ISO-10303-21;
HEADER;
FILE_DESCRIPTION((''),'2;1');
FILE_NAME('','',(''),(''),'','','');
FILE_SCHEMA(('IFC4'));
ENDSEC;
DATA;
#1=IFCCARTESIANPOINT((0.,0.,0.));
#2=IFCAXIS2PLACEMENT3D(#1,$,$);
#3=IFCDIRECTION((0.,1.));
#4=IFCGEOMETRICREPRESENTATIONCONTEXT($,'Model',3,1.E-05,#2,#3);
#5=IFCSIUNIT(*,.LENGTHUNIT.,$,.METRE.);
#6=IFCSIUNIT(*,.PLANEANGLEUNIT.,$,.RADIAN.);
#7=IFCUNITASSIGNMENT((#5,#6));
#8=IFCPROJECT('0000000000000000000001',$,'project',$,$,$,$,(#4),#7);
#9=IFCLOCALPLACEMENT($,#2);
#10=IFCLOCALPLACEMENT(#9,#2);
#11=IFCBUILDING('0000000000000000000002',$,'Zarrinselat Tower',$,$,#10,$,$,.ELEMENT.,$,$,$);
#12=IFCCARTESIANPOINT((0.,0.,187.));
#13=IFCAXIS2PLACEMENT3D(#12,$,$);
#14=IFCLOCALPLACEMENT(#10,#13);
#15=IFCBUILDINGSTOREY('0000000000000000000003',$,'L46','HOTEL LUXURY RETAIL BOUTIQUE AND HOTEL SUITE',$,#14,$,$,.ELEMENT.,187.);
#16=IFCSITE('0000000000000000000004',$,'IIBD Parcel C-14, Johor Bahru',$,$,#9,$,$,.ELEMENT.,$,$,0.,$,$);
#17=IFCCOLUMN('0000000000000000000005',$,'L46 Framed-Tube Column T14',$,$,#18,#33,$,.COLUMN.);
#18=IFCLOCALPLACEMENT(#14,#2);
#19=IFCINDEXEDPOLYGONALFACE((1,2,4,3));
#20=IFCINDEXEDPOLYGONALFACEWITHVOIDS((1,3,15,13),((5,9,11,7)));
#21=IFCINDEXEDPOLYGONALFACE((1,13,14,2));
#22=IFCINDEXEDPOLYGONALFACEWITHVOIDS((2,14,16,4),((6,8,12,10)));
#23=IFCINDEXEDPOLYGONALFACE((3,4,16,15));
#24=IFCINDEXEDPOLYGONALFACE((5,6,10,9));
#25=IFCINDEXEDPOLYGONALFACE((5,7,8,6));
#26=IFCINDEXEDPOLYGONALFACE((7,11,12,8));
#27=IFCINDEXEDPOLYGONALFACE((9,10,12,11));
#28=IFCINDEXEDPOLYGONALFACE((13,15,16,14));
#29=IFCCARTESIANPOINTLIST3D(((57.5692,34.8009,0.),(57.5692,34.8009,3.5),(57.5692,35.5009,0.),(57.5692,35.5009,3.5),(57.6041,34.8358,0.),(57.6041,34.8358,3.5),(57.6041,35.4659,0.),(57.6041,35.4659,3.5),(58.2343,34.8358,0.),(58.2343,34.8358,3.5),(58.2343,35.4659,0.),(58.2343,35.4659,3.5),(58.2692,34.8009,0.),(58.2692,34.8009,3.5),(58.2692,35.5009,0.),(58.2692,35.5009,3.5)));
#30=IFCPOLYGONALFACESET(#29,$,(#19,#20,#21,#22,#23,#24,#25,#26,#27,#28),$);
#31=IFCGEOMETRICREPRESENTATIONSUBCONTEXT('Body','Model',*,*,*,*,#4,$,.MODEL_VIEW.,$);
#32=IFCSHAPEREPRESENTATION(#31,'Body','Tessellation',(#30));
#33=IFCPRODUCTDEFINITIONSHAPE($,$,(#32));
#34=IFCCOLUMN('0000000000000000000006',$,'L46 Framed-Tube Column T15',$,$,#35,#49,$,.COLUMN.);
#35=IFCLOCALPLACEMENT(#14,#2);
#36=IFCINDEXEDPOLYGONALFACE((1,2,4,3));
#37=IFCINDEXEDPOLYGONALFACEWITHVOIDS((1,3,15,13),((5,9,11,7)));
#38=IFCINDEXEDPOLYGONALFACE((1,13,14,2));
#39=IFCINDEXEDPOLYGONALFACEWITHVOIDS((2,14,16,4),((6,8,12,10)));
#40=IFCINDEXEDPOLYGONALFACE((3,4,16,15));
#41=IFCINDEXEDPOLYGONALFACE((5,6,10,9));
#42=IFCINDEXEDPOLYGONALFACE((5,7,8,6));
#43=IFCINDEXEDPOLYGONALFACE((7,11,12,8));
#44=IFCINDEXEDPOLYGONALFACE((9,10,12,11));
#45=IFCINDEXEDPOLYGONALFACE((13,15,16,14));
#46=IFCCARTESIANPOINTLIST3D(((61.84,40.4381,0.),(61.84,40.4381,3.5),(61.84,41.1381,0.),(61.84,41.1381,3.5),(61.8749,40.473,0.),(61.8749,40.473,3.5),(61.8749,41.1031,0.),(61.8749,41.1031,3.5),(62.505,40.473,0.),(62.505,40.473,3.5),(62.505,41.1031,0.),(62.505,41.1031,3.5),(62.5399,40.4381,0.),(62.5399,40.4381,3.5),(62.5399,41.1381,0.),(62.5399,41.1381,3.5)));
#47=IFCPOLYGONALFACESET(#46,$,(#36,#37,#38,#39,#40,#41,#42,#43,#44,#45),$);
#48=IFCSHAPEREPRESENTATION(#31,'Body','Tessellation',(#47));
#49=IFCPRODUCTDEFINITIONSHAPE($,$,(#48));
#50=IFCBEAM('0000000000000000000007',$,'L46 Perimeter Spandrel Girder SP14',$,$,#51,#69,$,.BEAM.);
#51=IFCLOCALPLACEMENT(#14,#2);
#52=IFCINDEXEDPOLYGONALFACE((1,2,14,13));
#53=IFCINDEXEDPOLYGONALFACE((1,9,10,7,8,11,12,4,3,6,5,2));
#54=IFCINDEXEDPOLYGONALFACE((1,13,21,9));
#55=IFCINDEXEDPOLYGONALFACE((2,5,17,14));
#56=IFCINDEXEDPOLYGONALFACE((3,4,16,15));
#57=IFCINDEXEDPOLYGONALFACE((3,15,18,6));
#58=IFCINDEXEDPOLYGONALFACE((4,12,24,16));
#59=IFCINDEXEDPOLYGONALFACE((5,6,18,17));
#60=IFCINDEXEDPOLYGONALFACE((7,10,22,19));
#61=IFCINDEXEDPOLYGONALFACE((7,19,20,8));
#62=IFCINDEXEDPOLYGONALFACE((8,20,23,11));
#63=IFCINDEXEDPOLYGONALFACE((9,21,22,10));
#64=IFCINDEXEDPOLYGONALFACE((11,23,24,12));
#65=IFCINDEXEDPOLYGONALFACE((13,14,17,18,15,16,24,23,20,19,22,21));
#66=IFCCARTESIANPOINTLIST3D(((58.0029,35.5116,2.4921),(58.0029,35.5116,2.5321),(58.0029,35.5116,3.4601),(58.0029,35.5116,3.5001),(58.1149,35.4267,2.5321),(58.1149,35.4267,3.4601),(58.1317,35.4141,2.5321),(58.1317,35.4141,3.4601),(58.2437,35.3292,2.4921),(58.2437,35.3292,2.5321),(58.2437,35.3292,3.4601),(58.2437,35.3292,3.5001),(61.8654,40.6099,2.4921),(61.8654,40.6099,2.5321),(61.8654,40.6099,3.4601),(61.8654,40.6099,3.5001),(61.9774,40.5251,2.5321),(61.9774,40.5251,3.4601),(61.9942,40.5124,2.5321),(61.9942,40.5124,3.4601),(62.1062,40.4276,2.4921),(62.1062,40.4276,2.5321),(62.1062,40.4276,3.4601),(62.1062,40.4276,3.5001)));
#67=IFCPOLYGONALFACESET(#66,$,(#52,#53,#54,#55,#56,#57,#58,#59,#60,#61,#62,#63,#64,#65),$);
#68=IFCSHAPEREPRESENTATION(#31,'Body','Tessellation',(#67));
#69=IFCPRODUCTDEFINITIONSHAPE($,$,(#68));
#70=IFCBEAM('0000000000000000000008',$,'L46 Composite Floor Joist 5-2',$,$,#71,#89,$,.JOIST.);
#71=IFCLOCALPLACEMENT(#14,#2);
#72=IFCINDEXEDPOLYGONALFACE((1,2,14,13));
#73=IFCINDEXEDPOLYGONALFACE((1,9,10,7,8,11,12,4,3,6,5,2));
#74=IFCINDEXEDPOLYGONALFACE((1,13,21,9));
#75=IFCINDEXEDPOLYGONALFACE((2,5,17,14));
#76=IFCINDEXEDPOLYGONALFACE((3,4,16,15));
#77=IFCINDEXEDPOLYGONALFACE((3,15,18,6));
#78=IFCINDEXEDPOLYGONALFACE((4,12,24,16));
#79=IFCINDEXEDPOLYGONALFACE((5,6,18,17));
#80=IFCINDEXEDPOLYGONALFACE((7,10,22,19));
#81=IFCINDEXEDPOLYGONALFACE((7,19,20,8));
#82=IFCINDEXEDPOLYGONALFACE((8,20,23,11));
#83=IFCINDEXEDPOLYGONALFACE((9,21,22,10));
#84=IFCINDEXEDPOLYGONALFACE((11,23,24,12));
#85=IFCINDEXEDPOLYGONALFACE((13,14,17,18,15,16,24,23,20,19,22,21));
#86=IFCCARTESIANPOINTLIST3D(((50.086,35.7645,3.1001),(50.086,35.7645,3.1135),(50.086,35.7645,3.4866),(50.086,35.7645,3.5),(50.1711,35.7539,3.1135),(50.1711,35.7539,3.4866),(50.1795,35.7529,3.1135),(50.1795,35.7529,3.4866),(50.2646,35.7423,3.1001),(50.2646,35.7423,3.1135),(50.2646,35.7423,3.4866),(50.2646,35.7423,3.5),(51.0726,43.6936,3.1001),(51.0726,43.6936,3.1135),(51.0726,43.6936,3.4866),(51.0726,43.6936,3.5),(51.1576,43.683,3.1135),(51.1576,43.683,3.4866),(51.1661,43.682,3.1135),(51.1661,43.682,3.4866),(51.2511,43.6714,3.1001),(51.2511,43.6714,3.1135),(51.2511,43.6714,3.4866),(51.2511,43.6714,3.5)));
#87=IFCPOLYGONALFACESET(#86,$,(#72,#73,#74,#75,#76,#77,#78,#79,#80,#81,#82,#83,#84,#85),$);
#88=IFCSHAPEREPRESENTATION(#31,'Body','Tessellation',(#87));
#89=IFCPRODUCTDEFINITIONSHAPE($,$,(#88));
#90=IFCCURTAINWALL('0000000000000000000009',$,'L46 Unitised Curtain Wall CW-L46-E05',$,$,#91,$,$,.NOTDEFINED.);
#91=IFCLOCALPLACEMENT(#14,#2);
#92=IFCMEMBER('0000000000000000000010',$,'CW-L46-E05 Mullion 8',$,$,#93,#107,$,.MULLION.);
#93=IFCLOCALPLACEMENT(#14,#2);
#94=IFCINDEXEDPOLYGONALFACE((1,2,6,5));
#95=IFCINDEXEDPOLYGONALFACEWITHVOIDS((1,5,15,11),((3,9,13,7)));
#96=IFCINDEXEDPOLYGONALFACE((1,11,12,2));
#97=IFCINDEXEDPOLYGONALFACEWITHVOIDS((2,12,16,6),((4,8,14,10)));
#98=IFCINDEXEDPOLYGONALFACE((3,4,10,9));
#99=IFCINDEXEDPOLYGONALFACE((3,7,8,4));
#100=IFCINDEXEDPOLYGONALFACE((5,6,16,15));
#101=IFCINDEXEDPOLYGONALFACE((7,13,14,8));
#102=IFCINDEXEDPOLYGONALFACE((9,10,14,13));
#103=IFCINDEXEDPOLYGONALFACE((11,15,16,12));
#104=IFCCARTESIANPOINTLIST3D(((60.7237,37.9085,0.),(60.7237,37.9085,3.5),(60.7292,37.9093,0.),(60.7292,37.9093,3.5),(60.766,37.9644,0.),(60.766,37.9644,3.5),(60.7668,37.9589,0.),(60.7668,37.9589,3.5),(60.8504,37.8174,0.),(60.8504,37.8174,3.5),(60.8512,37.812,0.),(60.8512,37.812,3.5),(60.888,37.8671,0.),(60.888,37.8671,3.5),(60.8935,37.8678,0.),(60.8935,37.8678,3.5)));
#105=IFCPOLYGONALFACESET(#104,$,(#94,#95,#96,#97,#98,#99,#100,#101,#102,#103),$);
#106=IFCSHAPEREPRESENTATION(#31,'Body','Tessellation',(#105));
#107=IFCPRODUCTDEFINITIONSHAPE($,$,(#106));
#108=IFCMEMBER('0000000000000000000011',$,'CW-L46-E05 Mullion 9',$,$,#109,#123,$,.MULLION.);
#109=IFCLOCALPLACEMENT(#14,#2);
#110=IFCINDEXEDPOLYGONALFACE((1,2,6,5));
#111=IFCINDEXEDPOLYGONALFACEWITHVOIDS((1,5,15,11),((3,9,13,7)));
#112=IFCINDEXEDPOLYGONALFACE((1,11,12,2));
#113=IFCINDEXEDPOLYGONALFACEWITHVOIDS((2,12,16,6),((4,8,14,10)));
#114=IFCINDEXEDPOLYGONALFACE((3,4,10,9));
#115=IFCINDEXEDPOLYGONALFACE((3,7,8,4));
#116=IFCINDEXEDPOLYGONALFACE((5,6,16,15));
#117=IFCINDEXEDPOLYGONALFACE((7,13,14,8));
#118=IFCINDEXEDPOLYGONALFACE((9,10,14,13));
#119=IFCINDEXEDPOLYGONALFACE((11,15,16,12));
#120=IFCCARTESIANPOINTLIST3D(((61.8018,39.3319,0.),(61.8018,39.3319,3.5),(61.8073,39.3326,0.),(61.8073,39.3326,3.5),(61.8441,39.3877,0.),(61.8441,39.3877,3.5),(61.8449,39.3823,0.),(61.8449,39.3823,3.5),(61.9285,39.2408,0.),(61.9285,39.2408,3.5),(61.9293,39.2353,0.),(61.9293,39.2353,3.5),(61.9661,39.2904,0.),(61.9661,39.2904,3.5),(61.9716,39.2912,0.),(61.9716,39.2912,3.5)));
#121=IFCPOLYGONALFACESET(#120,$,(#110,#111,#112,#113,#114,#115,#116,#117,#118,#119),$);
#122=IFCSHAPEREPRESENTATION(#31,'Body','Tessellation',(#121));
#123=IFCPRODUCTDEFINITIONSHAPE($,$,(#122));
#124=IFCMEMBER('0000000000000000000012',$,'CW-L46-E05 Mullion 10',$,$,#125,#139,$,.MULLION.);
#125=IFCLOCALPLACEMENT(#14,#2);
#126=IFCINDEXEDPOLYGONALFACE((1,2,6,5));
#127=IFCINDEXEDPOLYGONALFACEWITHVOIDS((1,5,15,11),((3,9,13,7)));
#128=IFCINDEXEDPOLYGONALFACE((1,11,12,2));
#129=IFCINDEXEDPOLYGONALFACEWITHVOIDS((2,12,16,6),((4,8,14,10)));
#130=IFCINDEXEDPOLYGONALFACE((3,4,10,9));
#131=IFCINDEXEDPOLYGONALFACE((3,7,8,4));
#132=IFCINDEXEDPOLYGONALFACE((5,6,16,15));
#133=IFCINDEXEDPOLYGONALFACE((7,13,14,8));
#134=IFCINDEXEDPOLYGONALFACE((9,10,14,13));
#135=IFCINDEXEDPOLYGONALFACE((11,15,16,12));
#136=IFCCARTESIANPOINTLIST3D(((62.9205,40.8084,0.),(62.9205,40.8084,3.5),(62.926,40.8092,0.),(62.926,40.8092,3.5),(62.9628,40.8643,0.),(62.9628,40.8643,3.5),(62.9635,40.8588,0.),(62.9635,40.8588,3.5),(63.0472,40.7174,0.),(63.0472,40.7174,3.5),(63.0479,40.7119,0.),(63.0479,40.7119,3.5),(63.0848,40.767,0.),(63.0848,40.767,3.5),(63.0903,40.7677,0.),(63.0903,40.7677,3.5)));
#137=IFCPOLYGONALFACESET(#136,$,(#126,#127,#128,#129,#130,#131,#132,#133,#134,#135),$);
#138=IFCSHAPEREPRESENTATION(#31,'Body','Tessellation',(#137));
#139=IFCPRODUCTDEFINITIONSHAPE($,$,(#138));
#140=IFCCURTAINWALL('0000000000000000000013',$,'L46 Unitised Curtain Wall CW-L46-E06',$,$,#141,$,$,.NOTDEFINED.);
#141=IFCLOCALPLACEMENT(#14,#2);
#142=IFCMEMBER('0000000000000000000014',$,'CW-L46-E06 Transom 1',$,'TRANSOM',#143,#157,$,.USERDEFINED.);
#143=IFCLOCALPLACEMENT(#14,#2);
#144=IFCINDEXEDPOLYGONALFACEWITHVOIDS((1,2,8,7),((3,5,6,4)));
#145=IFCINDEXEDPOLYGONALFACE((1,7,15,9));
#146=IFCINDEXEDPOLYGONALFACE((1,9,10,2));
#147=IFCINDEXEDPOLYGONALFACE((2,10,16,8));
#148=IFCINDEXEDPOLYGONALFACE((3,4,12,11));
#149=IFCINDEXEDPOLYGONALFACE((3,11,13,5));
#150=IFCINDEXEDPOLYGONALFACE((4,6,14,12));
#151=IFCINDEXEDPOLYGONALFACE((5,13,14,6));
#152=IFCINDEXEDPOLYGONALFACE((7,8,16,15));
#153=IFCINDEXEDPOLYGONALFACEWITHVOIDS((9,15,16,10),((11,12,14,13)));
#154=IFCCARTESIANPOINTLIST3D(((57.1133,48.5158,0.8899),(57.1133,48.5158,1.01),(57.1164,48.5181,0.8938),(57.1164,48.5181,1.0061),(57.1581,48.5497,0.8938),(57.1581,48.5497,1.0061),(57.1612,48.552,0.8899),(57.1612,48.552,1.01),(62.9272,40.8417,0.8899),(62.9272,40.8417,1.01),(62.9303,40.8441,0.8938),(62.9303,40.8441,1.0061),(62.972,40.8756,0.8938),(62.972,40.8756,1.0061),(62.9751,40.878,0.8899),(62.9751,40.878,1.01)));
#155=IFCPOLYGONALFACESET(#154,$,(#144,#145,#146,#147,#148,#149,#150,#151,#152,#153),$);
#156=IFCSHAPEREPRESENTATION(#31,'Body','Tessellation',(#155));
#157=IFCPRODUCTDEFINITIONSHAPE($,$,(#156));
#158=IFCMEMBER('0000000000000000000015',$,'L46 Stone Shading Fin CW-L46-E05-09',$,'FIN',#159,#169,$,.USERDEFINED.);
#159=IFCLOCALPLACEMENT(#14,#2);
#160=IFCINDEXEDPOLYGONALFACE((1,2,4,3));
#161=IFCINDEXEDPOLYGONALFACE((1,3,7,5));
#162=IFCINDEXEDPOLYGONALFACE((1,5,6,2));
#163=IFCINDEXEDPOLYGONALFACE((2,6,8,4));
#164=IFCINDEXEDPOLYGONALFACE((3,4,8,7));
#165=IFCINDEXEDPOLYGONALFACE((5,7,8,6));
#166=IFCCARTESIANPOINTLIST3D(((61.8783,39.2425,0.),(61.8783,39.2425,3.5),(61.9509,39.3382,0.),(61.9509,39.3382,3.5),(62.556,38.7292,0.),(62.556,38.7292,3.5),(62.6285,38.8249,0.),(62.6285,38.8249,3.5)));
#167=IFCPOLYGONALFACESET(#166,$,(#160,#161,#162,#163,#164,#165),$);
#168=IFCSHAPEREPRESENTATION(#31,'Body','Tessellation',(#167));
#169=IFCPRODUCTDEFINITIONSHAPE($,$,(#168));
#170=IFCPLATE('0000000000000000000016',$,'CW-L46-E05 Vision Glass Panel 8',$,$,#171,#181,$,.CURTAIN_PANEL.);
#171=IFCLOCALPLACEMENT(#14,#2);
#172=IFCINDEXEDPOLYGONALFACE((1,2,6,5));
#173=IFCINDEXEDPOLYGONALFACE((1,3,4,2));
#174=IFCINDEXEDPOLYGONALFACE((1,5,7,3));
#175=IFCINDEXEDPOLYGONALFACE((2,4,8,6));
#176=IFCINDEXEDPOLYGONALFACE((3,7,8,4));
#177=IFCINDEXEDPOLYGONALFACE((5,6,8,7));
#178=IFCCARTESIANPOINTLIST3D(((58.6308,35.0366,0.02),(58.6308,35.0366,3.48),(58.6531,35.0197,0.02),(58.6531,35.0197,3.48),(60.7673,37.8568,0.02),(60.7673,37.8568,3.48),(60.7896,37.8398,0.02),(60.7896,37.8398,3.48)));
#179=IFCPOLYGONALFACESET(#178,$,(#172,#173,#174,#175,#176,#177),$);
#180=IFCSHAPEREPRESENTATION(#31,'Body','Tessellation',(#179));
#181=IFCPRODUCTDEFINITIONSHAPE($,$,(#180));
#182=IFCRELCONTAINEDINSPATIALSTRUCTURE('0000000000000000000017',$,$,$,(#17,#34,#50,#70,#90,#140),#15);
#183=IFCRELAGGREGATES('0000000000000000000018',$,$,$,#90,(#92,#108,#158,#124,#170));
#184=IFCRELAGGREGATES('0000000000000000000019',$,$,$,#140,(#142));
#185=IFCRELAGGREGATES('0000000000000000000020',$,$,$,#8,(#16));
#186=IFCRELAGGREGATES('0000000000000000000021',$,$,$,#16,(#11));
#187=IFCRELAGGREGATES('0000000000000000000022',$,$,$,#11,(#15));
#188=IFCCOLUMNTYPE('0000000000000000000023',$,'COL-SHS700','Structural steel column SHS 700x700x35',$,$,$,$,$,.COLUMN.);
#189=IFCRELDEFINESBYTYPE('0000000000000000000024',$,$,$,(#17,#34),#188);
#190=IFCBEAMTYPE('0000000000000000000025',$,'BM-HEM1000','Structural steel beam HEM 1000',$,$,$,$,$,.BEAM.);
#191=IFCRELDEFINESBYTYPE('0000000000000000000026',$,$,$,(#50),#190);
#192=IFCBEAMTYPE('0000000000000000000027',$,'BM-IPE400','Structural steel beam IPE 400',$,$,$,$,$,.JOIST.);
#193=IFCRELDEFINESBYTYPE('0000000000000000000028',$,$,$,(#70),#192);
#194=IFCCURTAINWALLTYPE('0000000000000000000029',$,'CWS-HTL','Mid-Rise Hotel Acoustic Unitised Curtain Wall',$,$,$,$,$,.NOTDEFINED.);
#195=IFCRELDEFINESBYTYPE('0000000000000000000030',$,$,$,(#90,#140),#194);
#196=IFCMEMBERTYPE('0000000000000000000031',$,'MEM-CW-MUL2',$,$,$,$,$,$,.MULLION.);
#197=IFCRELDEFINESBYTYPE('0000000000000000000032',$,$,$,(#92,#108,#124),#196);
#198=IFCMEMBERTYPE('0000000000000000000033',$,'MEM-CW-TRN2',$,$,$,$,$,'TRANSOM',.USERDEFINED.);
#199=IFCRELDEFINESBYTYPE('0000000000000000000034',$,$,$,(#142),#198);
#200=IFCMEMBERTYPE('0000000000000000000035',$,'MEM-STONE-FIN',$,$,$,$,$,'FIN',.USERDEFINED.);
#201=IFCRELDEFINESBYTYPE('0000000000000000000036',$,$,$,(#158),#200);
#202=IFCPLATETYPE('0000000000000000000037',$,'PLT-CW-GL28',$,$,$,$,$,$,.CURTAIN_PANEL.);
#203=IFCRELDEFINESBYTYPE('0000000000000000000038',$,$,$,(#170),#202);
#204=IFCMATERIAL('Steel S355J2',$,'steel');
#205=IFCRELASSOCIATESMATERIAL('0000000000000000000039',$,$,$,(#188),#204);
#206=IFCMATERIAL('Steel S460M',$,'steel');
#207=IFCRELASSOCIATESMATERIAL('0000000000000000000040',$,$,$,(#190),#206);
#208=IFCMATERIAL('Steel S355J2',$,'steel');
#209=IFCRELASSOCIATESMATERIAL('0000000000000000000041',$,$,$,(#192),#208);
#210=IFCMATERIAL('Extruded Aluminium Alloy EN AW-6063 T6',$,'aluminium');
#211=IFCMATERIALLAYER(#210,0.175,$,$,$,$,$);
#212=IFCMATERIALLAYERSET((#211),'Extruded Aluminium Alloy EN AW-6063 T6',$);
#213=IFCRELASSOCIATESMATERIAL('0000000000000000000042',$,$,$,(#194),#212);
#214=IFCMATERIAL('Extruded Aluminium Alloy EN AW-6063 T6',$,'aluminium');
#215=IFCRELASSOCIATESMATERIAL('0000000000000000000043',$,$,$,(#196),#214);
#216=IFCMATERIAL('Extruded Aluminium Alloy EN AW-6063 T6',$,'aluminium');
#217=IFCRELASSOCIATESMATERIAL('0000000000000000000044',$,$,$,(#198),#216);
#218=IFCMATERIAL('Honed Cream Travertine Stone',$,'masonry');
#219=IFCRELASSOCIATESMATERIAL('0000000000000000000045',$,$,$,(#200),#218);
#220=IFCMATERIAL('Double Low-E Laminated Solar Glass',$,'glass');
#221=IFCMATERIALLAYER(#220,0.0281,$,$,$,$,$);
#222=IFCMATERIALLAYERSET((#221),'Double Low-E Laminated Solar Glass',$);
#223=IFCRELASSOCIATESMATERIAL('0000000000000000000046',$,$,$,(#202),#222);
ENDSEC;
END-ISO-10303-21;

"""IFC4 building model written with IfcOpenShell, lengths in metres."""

from ifc_helpers import new_model, si_unit, direction, frame, origin, origin_2d, place, context, subcontext, project, spatial, rectangle, hollow_rectangle, i_section, extrude, material, layer, layer_set, material_profile, profile_set, type_object, element, aggregate, save


model = new_model("IFC4")

# Units and contexts
model_context = context("Model", 3, precision=1e-05, world=origin(), true_north=direction((0.0, 1.0)))
body_context = subcontext(model_context, "Body", "Model", "MODEL_VIEW")
ifc_project = project(units=[si_unit("LENGTHUNIT", "METRE"), si_unit("PLANEANGLEUNIT", "RADIAN")], contexts=[model_context])

# Site, building, storey
site_placement = place(None, origin())
site = spatial("IfcSite", under=ifc_project, at=site_placement, Name="IIBD Parcel C-14, Johor Bahru", CompositionType="ELEMENT", RefElevation=0.0)
building_placement = place(site_placement, origin())
building = spatial("IfcBuilding", under=site, at=building_placement, Name="Zarrinselat Tower", CompositionType="ELEMENT")
storey_placement = place(building_placement, frame((0.0, 0.0, 187.0)))
storey = spatial("IfcBuildingStorey", under=building, at=storey_placement, Name="L46", Description="HOTEL LUXURY RETAIL BOUTIQUE AND HOTEL SUITE", CompositionType="ELEMENT", Elevation=187.0)

# Columns
ifc_material_1 = material(Name="Steel S355J2", Category="steel")
ifc_material_profile_1 = material_profile(ifc_material_1, hollow_rectangle(XDim=0.7, YDim=0.7, WallThickness=0.0349, at=origin_2d()), Name="SHS 700x700x35")
ifc_profile_set_1 = profile_set([ifc_material_profile_1], Name="Steel S355J2")
column_type = type_object("IfcColumnType", Name="COL-SHS700", Description="Structural steel column SHS 700x700x35", PredefinedType="COLUMN", material=ifc_profile_set_1)
for number, where, z_axis, x_axis, name in (
    (1, (57.9192, 35.1509, 0.0), (0.0, 0.0, 1.0), (1.0, 0.0, 0.0), "L46 Framed-Tube Column T14"),
    (2, (62.1899, 40.7881, 0.0), (0.0, 0.0, 1.0), (1.0, 0.0, 0.0), "L46 Framed-Tube Column T15"),
):
    element("IfcColumn", number, at=place(storey_placement, frame(where, z_axis=z_axis, x_axis=x_axis)), inside=storey, type_object=column_type, Name=name, PredefinedType="COLUMN", context=body_context, shape_type="SweptSolid", body=[
        extrude(hollow_rectangle(XDim=0.7, YDim=0.7, WallThickness=0.0349, at=origin_2d()), origin(), (0.0, 0.0, 1.0), 3.5),
    ])

# Beams
ifc_material_2 = material(Name="Steel S460M", Category="steel")
ifc_material_profile_2 = material_profile(ifc_material_2, i_section(OverallWidth=0.302, OverallDepth=1.0081, WebThickness=0.021, FlangeThickness=0.04, at=origin_2d()), Name="HEM 1000")
ifc_profile_set_2 = profile_set([ifc_material_profile_2], Name="Steel S460M")
beam_type_1 = type_object("IfcBeamType", Name="BM-HEM1000", Description="Structural steel beam HEM 1000", PredefinedType="BEAM", material=ifc_profile_set_2)
beam_1_placement = place(storey_placement, frame((58.1233, 35.4204, 2.9961), z_axis=(0.603871, 0.797082, 0.0), x_axis=(-0.797082, 0.603871, 0.0)))
element("IfcBeam", 3, at=beam_1_placement, inside=storey, type_object=beam_type_1, Name="L46 Perimeter Spandrel Girder SP14", PredefinedType="BEAM", context=body_context, shape_type="SweptSolid", body=[
    extrude(i_section(OverallWidth=0.302, OverallDepth=1.0081, WebThickness=0.021, FlangeThickness=0.04, at=origin_2d()), origin(), (0.0, 0.0, 1.0), 6.3962),
])
ifc_material_3 = material(Name="Steel S355J2", Category="steel")
ifc_material_profile_3 = material_profile(ifc_material_3, i_section(OverallWidth=0.1799, OverallDepth=0.3999, WebThickness=0.0085, FlangeThickness=0.0134, at=origin_2d()), Name="IPE 400")
ifc_profile_set_3 = profile_set([ifc_material_profile_3], Name="Steel S355J2")
beam_type_2 = type_object("IfcBeamType", Name="BM-IPE400", Description="Structural steel beam IPE 400", PredefinedType="JOIST", material=ifc_profile_set_3)
beam_2_placement = place(storey_placement, frame((50.1753, 35.7534, 3.3), z_axis=(0.123471, 0.992348, 0.0), x_axis=(-0.992348, 0.123471, 0.0)))
element("IfcBeam", 4, at=beam_2_placement, inside=storey, type_object=beam_type_2, Name="L46 Composite Floor Joist 5-2", PredefinedType="JOIST", context=body_context, shape_type="SweptSolid", body=[
    extrude(i_section(OverallWidth=0.1799, OverallDepth=0.3999, WebThickness=0.0085, FlangeThickness=0.0134, at=origin_2d()), origin(), (0.0, 0.0, 1.0), 7.9902),
])

# Curtain wall, members
ifc_material_4 = material(Name="Extruded Aluminium Alloy EN AW-6063 T6", Category="aluminium")
ifc_layer_1 = layer(ifc_material_4, 0.175)
ifc_layer_set_1 = layer_set([ifc_layer_1], Name="Extruded Aluminium Alloy EN AW-6063 T6")
curtain_wall_type = type_object("IfcCurtainWallType", Name="CWS-HTL", Description="Mid-Rise Hotel Acoustic Unitised Curtain Wall", PredefinedType="NOTDEFINED", material=ifc_layer_set_1)
curtain_wall_1_placement = place(storey_placement, origin())
curtain_wall_1 = element("IfcCurtainWall", 5, at=curtain_wall_1_placement, inside=storey, type_object=curtain_wall_type, Name="L46 Unitised Curtain Wall CW-L46-E05", PredefinedType="NOTDEFINED")
ifc_material_5 = material(Name="Extruded Aluminium Alloy EN AW-6063 T6", Category="aluminium")
ifc_material_profile_4 = material_profile(ifc_material_5, hollow_rectangle(XDim=0.0701, YDim=0.1599, WallThickness=0.0039, at=origin_2d()), Name="RHS 160x70x4")
ifc_profile_set_4 = profile_set([ifc_material_profile_4], Name="Extruded Aluminium Alloy EN AW-6063 T6")
member_type_1 = type_object("IfcMemberType", Name="MEM-CW-MUL2", PredefinedType="MULLION", material=ifc_profile_set_4)
member_1_placement = place(storey_placement, frame((60.8086, 37.8882, 0.0), z_axis=(0.0, 0.0, 1.0), x_axis=(0.603857, 0.797093, 0.0)))
member_1 = element("IfcMember", 6, at=member_1_placement, type_object=member_type_1, Name="CW-L46-E05 Mullion 8", PredefinedType="MULLION", context=body_context, shape_type="SweptSolid", body=[
    extrude(hollow_rectangle(XDim=0.0701, YDim=0.1599, WallThickness=0.0039, at=origin_2d()), origin(), (0.0, 0.0, 1.0), 3.5),
])
member_2_placement = place(storey_placement, frame((61.8867, 39.3115, 0.0), z_axis=(0.0, 0.0, 1.0), x_axis=(0.603857, 0.797093, 0.0)))
member_2 = element("IfcMember", 7, at=member_2_placement, type_object=member_type_1, Name="CW-L46-E05 Mullion 9", PredefinedType="MULLION", context=body_context, shape_type="SweptSolid", body=[
    extrude(hollow_rectangle(XDim=0.0701, YDim=0.1599, WallThickness=0.0039, at=origin_2d()), origin(), (0.0, 0.0, 1.0), 3.5),
])
member_3_placement = place(storey_placement, frame((63.0054, 40.7881, 0.0), z_axis=(0.0, 0.0, 1.0), x_axis=(0.603857, 0.797093, 0.0)))
member_3 = element("IfcMember", 8, at=member_3_placement, type_object=member_type_1, Name="CW-L46-E05 Mullion 10", PredefinedType="MULLION", context=body_context, shape_type="SweptSolid", body=[
    extrude(hollow_rectangle(XDim=0.0701, YDim=0.1599, WallThickness=0.0039, at=origin_2d()), origin(), (0.0, 0.0, 1.0), 3.5),
])

# Curtain wall, member
curtain_wall_2_placement = place(storey_placement, origin())
curtain_wall_2 = element("IfcCurtainWall", 9, at=curtain_wall_2_placement, inside=storey, type_object=curtain_wall_type, Name="L46 Unitised Curtain Wall CW-L46-E06", PredefinedType="NOTDEFINED")
ifc_material_6 = material(Name="Extruded Aluminium Alloy EN AW-6063 T6", Category="aluminium")
ifc_material_profile_5 = material_profile(ifc_material_6, hollow_rectangle(XDim=0.0601, YDim=0.1201, WallThickness=0.0039, at=origin_2d()), Name="RHS 120x60x4")
ifc_profile_set_5 = profile_set([ifc_material_profile_5], Name="Extruded Aluminium Alloy EN AW-6063 T6")
member_type_2 = type_object("IfcMemberType", Name="MEM-CW-TRN2", ElementType="TRANSOM", PredefinedType="USERDEFINED", material=ifc_profile_set_5)
member_4_placement = place(storey_placement, frame((62.9512, 40.8599, 0.95), z_axis=(-0.603876, 0.797078, 0.0), x_axis=(-0.797078, -0.603876, 0.0)))
member_4 = element("IfcMember", 10, at=member_4_placement, type_object=member_type_2, Name="CW-L46-E06 Transom 1", ObjectType="TRANSOM", PredefinedType="USERDEFINED", context=body_context, shape_type="SweptSolid", body=[
    extrude(hollow_rectangle(XDim=0.0601, YDim=0.1201, WallThickness=0.0039, at=origin_2d()), origin(), (0.0, 0.0, 1.0), 9.6277),
])

# Member
ifc_material_7 = material(Name="Honed Cream Travertine Stone", Category="masonry")
ifc_material_profile_6 = material_profile(ifc_material_7, rectangle(XDim=0.1201, YDim=0.8501, at=origin_2d()), Name="FIN 850x120")
ifc_profile_set_6 = profile_set([ifc_material_profile_6], Name="Honed Cream Travertine Stone")
member_type_3 = type_object("IfcMemberType", Name="MEM-STONE-FIN", ElementType="FIN", PredefinedType="USERDEFINED", material=ifc_profile_set_6)
member_5_placement = place(storey_placement, frame((62.2534, 39.0337, 0.0), z_axis=(0.0, 0.0, 1.0), x_axis=(-0.603857, -0.797093, 0.0)))
member_5 = element("IfcMember", 11, at=member_5_placement, type_object=member_type_3, Name="L46 Stone Shading Fin CW-L46-E05-09", ObjectType="FIN", PredefinedType="USERDEFINED", context=body_context, shape_type="SweptSolid", body=[
    extrude(rectangle(XDim=0.1201, YDim=0.8501, at=origin_2d()), origin(), (0.0, 0.0, 1.0), 3.5),
])

# Plate
ifc_material_8 = material(Name="Double Low-E Laminated Solar Glass", Category="glass")
ifc_layer_2 = layer(ifc_material_8, 0.0281)
ifc_layer_set_2 = layer_set([ifc_layer_2], Name="Double Low-E Laminated Solar Glass")
plate_type = type_object("IfcPlateType", Name="PLT-CW-GL28", PredefinedType="CURTAIN_PANEL", material=ifc_layer_set_2)
plate_1_placement = place(storey_placement, frame((59.7102, 36.4382, 0.02), z_axis=(0.0, 0.0, 1.0), x_axis=(0.603857, 0.797093, 0.0)))
plate_1 = element("IfcPlate", 12, at=plate_1_placement, type_object=plate_type, Name="CW-L46-E05 Vision Glass Panel 8", PredefinedType="CURTAIN_PANEL", context=body_context, shape_type="SweptSolid", body=[
    extrude(rectangle(XDim=3.5381, YDim=0.0281, at=origin_2d()), origin(), (0.0, 0.0, 1.0), 3.46),
])
aggregate(curtain_wall_1, [member_1, member_2, member_5, member_3, plate_1])
aggregate(curtain_wall_2, [member_4])

save(model, "model.ifc")
